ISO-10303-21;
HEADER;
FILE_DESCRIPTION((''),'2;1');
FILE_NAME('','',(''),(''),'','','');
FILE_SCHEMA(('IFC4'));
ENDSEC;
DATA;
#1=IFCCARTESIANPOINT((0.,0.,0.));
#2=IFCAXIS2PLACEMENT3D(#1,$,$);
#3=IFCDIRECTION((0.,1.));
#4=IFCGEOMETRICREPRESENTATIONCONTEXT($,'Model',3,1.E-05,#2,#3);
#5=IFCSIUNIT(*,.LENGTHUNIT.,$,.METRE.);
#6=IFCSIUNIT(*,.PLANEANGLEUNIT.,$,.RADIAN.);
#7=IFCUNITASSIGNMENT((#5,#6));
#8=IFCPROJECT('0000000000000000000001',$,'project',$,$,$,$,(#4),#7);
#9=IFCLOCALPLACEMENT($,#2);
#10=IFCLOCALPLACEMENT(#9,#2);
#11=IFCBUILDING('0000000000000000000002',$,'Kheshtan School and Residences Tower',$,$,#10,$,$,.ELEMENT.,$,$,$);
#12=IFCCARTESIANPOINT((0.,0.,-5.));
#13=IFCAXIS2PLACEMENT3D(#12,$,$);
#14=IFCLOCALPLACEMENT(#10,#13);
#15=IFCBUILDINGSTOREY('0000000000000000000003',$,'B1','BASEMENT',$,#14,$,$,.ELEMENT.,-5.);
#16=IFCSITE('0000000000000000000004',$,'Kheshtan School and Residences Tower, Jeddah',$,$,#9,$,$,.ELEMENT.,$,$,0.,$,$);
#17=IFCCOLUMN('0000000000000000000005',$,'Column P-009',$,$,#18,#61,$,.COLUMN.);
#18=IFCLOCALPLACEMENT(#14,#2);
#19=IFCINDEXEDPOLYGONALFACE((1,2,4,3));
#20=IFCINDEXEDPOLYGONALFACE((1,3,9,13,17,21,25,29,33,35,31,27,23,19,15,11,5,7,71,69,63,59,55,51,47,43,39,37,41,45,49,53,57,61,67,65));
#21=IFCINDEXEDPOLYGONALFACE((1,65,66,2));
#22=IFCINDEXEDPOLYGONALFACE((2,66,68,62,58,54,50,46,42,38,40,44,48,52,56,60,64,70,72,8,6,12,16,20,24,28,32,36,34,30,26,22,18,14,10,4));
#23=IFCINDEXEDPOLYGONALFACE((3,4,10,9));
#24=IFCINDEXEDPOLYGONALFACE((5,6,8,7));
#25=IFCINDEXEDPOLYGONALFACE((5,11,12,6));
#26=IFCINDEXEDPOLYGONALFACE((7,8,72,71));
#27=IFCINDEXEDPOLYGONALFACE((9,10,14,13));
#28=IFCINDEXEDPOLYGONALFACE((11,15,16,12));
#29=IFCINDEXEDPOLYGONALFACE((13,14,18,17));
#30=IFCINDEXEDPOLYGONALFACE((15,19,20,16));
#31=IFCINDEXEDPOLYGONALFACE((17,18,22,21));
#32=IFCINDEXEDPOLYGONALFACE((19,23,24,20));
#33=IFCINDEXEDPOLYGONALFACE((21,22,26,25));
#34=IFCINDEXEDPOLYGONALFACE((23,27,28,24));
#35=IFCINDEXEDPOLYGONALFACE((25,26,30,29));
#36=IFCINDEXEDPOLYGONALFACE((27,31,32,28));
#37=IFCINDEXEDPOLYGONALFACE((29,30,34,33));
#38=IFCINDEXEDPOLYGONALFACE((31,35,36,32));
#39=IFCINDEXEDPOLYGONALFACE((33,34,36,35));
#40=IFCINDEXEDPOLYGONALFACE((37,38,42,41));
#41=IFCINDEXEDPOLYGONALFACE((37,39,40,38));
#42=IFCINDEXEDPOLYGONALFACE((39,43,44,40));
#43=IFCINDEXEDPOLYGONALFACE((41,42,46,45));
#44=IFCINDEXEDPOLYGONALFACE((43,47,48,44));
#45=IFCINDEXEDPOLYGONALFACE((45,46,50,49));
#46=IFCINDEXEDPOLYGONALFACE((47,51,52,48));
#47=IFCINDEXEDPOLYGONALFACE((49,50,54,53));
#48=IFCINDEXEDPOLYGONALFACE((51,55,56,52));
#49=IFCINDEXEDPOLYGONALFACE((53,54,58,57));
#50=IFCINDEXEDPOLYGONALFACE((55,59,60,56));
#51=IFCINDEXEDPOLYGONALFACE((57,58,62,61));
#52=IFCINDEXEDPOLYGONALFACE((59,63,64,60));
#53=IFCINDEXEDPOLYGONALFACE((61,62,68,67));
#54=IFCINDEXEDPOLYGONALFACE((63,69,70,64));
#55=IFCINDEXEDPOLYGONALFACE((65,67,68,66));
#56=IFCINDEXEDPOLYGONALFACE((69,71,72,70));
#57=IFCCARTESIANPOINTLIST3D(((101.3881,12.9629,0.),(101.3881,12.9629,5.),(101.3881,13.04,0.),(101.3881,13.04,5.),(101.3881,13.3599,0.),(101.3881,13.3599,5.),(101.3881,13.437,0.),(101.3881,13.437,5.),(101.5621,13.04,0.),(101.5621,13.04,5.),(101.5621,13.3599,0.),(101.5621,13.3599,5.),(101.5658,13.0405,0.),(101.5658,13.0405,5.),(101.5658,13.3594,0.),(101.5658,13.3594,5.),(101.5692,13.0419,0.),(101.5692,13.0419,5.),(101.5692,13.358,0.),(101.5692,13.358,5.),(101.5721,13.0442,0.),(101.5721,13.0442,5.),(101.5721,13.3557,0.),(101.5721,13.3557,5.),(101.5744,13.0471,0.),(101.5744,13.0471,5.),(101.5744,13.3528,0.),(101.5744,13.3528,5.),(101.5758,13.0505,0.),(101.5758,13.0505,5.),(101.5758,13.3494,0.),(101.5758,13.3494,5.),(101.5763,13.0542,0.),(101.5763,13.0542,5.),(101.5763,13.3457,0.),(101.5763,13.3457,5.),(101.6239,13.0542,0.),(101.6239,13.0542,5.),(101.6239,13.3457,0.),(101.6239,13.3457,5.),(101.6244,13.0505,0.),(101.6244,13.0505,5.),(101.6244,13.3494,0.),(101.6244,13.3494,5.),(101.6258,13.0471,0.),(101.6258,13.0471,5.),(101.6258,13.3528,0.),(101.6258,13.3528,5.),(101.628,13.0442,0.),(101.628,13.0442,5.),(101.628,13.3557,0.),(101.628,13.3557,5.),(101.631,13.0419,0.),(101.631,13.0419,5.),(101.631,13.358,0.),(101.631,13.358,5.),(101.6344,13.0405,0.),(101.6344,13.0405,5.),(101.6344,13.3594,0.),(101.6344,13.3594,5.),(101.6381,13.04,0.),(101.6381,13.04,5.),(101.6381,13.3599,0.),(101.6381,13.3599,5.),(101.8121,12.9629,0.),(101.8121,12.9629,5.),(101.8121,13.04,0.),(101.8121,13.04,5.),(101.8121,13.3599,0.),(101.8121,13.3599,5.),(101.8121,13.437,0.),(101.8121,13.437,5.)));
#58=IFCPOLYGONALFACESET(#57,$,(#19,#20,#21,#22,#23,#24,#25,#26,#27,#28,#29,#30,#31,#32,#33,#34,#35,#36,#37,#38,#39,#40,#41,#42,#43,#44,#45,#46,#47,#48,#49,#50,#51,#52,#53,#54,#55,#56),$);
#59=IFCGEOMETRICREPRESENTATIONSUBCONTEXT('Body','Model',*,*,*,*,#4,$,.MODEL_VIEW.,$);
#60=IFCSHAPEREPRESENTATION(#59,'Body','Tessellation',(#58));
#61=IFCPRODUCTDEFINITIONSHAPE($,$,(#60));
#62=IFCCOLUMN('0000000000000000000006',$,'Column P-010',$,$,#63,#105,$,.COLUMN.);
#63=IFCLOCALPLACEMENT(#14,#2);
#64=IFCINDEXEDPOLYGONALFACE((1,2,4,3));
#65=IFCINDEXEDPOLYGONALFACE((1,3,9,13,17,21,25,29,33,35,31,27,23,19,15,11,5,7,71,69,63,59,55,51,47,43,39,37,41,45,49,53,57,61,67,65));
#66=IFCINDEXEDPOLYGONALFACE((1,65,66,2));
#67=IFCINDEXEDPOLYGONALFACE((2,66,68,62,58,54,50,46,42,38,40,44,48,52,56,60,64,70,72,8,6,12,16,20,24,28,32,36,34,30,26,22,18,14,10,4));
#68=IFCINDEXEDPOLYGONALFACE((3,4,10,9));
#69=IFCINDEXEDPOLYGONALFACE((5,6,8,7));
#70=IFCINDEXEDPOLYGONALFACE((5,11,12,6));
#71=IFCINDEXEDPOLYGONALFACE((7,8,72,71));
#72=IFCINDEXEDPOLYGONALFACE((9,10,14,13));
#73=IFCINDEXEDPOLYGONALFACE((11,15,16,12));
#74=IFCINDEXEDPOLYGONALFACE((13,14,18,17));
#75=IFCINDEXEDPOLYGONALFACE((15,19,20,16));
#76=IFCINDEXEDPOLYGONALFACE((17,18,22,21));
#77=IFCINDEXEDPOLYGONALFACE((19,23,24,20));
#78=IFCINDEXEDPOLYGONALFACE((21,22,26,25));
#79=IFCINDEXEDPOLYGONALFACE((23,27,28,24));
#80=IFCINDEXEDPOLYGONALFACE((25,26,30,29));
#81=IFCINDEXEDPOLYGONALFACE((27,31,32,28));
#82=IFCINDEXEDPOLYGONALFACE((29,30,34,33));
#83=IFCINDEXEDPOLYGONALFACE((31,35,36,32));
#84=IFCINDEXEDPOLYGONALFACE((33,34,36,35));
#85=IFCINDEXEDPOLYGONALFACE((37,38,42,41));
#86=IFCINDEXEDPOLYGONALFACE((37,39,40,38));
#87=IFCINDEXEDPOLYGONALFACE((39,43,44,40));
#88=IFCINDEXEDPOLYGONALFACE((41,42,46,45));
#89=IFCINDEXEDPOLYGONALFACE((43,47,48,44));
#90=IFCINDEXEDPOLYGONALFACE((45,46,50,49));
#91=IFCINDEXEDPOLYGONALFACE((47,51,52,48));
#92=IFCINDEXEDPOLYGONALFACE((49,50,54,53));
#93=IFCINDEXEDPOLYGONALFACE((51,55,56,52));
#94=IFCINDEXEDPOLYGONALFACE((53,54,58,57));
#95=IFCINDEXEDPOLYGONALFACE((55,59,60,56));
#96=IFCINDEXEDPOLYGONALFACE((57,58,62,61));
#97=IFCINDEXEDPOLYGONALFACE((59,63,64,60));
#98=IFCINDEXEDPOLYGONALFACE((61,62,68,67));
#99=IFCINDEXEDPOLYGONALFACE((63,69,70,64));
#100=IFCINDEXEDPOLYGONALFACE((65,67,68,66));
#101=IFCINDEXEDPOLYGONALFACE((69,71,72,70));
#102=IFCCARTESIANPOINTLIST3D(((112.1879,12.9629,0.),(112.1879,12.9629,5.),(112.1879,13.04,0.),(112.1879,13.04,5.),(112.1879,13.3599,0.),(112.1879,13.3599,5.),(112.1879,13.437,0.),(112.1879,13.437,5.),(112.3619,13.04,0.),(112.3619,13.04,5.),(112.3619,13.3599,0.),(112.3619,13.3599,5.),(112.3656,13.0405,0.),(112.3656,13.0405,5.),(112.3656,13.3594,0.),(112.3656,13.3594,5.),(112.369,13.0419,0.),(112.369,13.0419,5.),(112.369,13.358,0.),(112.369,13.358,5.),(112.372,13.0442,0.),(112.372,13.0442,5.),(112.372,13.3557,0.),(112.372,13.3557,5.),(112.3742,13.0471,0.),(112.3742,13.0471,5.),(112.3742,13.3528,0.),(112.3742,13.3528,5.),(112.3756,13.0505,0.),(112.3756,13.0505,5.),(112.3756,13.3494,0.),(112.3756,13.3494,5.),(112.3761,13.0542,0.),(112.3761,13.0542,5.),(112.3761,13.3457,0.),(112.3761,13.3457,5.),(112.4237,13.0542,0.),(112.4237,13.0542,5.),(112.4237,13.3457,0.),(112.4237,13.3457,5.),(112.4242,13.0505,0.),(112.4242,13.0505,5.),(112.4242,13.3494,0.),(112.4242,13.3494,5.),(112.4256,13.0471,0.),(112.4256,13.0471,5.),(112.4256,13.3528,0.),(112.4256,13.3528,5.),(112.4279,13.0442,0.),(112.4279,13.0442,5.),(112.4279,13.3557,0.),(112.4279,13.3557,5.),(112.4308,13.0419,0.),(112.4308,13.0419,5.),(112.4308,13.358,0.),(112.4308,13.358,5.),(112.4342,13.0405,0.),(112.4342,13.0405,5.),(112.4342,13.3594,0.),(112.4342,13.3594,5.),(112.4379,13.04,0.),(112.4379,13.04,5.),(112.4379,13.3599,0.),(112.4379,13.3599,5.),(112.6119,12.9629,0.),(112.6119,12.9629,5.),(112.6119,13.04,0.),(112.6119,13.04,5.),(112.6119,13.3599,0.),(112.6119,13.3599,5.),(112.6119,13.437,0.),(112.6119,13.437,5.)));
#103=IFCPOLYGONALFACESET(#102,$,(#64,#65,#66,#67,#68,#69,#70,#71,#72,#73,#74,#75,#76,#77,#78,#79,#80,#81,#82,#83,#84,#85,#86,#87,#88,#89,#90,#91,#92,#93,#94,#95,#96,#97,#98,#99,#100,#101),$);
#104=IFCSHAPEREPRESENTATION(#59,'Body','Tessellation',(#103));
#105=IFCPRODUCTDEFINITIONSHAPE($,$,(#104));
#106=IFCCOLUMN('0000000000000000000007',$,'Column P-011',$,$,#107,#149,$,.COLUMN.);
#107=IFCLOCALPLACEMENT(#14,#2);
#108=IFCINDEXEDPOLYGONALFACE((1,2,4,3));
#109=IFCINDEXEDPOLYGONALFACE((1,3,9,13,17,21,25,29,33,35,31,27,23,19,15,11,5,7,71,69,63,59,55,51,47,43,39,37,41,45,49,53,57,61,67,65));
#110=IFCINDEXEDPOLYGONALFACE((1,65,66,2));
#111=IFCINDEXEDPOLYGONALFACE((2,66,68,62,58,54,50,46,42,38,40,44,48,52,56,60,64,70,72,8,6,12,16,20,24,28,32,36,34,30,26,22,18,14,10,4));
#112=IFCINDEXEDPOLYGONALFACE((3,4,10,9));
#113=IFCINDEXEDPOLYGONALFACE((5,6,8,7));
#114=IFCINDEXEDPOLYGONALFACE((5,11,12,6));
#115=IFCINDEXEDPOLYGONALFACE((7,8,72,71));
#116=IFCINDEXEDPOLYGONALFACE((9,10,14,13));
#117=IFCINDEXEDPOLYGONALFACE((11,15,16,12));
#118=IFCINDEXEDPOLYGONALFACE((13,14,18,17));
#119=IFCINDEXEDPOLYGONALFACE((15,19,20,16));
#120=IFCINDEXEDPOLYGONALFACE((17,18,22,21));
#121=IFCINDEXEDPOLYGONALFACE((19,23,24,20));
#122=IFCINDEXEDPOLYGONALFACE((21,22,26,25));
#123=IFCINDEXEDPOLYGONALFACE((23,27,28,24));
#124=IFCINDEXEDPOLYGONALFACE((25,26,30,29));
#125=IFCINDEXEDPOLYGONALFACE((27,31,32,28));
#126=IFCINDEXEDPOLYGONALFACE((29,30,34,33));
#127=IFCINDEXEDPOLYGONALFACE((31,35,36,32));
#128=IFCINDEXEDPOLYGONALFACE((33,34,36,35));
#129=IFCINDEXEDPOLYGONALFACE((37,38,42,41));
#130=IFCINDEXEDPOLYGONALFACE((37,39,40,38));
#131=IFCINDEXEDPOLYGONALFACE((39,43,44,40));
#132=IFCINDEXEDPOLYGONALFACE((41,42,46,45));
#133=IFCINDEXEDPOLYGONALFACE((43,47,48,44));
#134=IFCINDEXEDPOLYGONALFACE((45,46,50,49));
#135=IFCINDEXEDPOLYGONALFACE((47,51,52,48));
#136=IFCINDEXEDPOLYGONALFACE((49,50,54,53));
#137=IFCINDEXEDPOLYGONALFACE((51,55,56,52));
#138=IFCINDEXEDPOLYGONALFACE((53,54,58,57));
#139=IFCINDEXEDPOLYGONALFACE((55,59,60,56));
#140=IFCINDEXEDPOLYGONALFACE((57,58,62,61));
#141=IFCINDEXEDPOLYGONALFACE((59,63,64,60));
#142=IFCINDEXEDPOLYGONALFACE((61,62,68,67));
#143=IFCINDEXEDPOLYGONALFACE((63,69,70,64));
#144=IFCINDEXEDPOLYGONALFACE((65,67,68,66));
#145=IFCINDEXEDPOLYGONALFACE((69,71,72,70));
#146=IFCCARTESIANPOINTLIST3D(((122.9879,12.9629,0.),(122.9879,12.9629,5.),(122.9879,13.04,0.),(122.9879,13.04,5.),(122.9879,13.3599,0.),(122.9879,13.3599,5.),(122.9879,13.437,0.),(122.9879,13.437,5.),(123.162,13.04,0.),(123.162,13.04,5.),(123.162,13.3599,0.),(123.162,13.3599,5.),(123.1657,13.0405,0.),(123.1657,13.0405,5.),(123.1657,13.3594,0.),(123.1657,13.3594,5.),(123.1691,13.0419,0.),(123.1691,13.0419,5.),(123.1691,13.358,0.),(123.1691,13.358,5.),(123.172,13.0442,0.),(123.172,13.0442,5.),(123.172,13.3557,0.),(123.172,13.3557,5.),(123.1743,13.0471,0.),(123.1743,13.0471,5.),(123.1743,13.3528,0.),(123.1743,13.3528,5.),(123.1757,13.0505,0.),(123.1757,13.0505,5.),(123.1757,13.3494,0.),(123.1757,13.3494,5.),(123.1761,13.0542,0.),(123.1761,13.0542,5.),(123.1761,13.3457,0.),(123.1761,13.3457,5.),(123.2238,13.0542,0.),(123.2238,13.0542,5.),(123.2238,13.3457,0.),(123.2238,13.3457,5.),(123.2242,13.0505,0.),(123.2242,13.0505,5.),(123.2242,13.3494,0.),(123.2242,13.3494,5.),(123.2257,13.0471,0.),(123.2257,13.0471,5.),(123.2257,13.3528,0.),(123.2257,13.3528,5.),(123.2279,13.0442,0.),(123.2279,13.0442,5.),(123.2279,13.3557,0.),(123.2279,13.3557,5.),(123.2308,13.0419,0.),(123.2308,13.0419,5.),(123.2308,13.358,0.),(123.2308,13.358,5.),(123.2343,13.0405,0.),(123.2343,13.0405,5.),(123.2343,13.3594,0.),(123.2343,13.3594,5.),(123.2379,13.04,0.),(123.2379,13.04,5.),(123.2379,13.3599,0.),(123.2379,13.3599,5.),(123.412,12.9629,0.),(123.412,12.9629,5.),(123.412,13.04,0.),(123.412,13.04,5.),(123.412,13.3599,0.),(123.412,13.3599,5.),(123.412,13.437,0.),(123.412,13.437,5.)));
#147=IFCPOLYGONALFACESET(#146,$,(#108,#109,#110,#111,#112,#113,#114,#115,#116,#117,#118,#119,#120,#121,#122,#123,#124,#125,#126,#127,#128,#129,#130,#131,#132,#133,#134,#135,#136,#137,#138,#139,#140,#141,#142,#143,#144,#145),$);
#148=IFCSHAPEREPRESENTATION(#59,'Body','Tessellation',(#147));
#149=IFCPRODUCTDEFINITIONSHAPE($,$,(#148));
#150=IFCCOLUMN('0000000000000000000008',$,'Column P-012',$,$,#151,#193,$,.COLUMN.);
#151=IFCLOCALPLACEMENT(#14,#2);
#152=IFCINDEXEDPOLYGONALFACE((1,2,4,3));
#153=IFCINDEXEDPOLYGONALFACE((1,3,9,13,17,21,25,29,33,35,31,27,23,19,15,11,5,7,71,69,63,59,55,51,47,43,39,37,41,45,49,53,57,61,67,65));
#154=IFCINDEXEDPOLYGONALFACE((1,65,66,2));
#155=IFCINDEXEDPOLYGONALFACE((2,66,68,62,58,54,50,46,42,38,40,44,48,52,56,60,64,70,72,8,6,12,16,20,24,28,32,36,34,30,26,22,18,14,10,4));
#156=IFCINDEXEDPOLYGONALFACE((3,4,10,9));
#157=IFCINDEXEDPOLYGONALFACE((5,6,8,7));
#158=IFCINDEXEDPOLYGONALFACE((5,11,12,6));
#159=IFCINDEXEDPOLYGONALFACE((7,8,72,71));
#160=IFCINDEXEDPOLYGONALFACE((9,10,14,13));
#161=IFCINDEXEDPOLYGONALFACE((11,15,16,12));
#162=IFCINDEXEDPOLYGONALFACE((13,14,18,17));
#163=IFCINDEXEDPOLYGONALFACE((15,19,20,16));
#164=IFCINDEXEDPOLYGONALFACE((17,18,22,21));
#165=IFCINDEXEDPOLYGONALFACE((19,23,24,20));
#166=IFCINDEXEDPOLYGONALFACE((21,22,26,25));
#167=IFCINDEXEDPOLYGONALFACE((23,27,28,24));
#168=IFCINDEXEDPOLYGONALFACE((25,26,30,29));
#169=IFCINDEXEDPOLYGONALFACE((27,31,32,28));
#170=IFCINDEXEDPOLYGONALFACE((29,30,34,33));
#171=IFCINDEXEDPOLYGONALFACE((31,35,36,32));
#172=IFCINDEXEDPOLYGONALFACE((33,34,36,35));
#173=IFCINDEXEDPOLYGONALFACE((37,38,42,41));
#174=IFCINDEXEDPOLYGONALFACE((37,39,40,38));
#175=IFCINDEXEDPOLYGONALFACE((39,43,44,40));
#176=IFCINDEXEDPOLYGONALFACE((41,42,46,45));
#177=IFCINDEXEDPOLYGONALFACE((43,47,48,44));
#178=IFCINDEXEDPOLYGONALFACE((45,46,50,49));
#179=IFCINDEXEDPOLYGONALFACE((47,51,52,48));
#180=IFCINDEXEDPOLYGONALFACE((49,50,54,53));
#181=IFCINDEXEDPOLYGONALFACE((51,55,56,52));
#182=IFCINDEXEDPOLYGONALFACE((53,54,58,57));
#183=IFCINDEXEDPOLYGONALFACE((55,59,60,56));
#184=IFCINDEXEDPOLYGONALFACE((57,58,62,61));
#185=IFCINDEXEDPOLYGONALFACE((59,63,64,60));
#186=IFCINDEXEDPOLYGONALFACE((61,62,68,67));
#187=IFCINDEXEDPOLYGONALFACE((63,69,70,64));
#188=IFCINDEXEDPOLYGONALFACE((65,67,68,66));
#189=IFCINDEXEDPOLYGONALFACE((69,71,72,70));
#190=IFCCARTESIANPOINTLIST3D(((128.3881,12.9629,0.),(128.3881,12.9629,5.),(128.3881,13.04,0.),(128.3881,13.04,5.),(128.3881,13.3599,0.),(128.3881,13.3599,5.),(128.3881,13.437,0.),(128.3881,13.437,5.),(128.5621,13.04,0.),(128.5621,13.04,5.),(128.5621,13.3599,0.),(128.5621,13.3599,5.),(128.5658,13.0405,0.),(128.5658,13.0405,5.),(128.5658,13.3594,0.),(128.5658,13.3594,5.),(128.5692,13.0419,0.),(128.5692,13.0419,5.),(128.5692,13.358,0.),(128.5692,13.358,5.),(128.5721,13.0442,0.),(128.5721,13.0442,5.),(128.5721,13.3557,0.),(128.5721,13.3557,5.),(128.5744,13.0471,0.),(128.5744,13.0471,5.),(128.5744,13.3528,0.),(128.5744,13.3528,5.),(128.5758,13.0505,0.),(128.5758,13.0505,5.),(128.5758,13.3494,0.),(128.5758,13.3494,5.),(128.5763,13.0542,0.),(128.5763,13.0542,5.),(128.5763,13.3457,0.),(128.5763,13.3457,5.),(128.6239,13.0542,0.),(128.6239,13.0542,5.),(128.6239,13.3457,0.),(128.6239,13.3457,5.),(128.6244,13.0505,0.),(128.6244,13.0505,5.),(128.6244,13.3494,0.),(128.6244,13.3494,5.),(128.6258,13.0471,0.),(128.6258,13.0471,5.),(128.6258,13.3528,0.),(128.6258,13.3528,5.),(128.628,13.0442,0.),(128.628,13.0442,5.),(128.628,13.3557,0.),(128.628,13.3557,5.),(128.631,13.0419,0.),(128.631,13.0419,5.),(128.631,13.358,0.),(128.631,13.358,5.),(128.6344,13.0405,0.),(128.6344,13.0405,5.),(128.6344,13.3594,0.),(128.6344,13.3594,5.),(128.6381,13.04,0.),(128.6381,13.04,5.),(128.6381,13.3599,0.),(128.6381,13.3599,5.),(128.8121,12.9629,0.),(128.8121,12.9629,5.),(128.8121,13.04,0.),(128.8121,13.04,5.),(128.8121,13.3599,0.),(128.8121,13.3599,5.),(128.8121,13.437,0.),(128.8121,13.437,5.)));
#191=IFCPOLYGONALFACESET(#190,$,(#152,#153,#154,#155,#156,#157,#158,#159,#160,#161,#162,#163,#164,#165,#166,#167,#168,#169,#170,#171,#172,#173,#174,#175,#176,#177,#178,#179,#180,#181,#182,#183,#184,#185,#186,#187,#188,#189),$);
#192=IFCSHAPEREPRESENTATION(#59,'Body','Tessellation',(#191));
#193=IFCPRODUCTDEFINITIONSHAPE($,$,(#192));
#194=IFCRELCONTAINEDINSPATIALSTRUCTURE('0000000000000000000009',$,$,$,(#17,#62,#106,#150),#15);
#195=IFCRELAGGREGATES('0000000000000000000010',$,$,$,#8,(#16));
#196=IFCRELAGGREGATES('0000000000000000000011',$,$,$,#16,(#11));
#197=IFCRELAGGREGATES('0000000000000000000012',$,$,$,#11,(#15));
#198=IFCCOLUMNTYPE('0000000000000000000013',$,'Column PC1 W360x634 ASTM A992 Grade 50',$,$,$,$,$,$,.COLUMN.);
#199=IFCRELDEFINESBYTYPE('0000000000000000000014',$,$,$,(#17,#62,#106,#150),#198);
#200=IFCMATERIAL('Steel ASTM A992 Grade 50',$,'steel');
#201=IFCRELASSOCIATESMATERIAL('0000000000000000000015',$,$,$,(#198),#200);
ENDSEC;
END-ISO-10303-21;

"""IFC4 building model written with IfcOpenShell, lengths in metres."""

from ifc_helpers import new_model, si_unit, direction, frame, origin, origin_2d, place, context, subcontext, project, spatial, i_section, extrude, material, material_profile, profile_set, type_object, element, save


model = new_model("IFC4")

# Units and contexts
model_context = context("Model", 3, precision=1e-05, world=origin(), true_north=direction((0.0, 1.0)))
body_context = subcontext(model_context, "Body", "Model", "MODEL_VIEW")
ifc_project = project(units=[si_unit("LENGTHUNIT", "METRE"), si_unit("PLANEANGLEUNIT", "RADIAN")], contexts=[model_context])

# Site, building, storey
site_placement = place(None, origin())
site = spatial("IfcSite", under=ifc_project, at=site_placement, Name="Kheshtan School and Residences Tower, Jeddah", CompositionType="ELEMENT", RefElevation=0.0)
building_placement = place(site_placement, origin())
building = spatial("IfcBuilding", under=site, at=building_placement, Name="Kheshtan School and Residences Tower", CompositionType="ELEMENT")
storey_placement = place(building_placement, frame((0.0, 0.0, -5.0)))
storey = spatial("IfcBuildingStorey", under=building, at=storey_placement, Name="B1", Description="BASEMENT", CompositionType="ELEMENT", Elevation=-5.0)

# Columns
ifc_material_1 = material(Name="Steel ASTM A992 Grade 50", Category="steel")
ifc_material_profile = material_profile(ifc_material_1, i_section(OverallWidth=0.4241, OverallDepth=0.4741, WebThickness=0.0476, FlangeThickness=0.0771, FilletRadius=0.0142, at=origin_2d()), Name="W360x634")
ifc_profile_set = profile_set([ifc_material_profile], Name="Steel ASTM A992 Grade 50")
column_type = type_object("IfcColumnType", Name="Column PC1 W360x634 ASTM A992 Grade 50", PredefinedType="COLUMN", material=ifc_profile_set)
for number, where, z_axis, x_axis, name in (
    (1, (101.6001, 13.2, 0.0), (0.0, 0.0, 1.0), (1.0, 0.0, 0.0), "Column P-009"),
    (2, (112.3999, 13.2, 0.0), (0.0, 0.0, 1.0), (1.0, 0.0, 0.0), "Column P-010"),
    (3, (123.2, 13.2, 0.0), (0.0, 0.0, 1.0), (1.0, 0.0, 0.0), "Column P-011"),
    (4, (128.6001, 13.2, 0.0), (0.0, 0.0, 1.0), (1.0, 0.0, 0.0), "Column P-012"),
):
    element("IfcColumn", number, at=place(storey_placement, frame(where, z_axis=z_axis, x_axis=x_axis)), inside=storey, type_object=column_type, Name=name, PredefinedType="COLUMN", context=body_context, shape_type="SweptSolid", body=[
        extrude(i_section(OverallWidth=0.4241, OverallDepth=0.4741, WebThickness=0.0476, FlangeThickness=0.0771, FilletRadius=0.0142, at=origin_2d()), origin(), (0.0, 0.0, 1.0), 5.0),
    ])

save(model, "model.ifc")
